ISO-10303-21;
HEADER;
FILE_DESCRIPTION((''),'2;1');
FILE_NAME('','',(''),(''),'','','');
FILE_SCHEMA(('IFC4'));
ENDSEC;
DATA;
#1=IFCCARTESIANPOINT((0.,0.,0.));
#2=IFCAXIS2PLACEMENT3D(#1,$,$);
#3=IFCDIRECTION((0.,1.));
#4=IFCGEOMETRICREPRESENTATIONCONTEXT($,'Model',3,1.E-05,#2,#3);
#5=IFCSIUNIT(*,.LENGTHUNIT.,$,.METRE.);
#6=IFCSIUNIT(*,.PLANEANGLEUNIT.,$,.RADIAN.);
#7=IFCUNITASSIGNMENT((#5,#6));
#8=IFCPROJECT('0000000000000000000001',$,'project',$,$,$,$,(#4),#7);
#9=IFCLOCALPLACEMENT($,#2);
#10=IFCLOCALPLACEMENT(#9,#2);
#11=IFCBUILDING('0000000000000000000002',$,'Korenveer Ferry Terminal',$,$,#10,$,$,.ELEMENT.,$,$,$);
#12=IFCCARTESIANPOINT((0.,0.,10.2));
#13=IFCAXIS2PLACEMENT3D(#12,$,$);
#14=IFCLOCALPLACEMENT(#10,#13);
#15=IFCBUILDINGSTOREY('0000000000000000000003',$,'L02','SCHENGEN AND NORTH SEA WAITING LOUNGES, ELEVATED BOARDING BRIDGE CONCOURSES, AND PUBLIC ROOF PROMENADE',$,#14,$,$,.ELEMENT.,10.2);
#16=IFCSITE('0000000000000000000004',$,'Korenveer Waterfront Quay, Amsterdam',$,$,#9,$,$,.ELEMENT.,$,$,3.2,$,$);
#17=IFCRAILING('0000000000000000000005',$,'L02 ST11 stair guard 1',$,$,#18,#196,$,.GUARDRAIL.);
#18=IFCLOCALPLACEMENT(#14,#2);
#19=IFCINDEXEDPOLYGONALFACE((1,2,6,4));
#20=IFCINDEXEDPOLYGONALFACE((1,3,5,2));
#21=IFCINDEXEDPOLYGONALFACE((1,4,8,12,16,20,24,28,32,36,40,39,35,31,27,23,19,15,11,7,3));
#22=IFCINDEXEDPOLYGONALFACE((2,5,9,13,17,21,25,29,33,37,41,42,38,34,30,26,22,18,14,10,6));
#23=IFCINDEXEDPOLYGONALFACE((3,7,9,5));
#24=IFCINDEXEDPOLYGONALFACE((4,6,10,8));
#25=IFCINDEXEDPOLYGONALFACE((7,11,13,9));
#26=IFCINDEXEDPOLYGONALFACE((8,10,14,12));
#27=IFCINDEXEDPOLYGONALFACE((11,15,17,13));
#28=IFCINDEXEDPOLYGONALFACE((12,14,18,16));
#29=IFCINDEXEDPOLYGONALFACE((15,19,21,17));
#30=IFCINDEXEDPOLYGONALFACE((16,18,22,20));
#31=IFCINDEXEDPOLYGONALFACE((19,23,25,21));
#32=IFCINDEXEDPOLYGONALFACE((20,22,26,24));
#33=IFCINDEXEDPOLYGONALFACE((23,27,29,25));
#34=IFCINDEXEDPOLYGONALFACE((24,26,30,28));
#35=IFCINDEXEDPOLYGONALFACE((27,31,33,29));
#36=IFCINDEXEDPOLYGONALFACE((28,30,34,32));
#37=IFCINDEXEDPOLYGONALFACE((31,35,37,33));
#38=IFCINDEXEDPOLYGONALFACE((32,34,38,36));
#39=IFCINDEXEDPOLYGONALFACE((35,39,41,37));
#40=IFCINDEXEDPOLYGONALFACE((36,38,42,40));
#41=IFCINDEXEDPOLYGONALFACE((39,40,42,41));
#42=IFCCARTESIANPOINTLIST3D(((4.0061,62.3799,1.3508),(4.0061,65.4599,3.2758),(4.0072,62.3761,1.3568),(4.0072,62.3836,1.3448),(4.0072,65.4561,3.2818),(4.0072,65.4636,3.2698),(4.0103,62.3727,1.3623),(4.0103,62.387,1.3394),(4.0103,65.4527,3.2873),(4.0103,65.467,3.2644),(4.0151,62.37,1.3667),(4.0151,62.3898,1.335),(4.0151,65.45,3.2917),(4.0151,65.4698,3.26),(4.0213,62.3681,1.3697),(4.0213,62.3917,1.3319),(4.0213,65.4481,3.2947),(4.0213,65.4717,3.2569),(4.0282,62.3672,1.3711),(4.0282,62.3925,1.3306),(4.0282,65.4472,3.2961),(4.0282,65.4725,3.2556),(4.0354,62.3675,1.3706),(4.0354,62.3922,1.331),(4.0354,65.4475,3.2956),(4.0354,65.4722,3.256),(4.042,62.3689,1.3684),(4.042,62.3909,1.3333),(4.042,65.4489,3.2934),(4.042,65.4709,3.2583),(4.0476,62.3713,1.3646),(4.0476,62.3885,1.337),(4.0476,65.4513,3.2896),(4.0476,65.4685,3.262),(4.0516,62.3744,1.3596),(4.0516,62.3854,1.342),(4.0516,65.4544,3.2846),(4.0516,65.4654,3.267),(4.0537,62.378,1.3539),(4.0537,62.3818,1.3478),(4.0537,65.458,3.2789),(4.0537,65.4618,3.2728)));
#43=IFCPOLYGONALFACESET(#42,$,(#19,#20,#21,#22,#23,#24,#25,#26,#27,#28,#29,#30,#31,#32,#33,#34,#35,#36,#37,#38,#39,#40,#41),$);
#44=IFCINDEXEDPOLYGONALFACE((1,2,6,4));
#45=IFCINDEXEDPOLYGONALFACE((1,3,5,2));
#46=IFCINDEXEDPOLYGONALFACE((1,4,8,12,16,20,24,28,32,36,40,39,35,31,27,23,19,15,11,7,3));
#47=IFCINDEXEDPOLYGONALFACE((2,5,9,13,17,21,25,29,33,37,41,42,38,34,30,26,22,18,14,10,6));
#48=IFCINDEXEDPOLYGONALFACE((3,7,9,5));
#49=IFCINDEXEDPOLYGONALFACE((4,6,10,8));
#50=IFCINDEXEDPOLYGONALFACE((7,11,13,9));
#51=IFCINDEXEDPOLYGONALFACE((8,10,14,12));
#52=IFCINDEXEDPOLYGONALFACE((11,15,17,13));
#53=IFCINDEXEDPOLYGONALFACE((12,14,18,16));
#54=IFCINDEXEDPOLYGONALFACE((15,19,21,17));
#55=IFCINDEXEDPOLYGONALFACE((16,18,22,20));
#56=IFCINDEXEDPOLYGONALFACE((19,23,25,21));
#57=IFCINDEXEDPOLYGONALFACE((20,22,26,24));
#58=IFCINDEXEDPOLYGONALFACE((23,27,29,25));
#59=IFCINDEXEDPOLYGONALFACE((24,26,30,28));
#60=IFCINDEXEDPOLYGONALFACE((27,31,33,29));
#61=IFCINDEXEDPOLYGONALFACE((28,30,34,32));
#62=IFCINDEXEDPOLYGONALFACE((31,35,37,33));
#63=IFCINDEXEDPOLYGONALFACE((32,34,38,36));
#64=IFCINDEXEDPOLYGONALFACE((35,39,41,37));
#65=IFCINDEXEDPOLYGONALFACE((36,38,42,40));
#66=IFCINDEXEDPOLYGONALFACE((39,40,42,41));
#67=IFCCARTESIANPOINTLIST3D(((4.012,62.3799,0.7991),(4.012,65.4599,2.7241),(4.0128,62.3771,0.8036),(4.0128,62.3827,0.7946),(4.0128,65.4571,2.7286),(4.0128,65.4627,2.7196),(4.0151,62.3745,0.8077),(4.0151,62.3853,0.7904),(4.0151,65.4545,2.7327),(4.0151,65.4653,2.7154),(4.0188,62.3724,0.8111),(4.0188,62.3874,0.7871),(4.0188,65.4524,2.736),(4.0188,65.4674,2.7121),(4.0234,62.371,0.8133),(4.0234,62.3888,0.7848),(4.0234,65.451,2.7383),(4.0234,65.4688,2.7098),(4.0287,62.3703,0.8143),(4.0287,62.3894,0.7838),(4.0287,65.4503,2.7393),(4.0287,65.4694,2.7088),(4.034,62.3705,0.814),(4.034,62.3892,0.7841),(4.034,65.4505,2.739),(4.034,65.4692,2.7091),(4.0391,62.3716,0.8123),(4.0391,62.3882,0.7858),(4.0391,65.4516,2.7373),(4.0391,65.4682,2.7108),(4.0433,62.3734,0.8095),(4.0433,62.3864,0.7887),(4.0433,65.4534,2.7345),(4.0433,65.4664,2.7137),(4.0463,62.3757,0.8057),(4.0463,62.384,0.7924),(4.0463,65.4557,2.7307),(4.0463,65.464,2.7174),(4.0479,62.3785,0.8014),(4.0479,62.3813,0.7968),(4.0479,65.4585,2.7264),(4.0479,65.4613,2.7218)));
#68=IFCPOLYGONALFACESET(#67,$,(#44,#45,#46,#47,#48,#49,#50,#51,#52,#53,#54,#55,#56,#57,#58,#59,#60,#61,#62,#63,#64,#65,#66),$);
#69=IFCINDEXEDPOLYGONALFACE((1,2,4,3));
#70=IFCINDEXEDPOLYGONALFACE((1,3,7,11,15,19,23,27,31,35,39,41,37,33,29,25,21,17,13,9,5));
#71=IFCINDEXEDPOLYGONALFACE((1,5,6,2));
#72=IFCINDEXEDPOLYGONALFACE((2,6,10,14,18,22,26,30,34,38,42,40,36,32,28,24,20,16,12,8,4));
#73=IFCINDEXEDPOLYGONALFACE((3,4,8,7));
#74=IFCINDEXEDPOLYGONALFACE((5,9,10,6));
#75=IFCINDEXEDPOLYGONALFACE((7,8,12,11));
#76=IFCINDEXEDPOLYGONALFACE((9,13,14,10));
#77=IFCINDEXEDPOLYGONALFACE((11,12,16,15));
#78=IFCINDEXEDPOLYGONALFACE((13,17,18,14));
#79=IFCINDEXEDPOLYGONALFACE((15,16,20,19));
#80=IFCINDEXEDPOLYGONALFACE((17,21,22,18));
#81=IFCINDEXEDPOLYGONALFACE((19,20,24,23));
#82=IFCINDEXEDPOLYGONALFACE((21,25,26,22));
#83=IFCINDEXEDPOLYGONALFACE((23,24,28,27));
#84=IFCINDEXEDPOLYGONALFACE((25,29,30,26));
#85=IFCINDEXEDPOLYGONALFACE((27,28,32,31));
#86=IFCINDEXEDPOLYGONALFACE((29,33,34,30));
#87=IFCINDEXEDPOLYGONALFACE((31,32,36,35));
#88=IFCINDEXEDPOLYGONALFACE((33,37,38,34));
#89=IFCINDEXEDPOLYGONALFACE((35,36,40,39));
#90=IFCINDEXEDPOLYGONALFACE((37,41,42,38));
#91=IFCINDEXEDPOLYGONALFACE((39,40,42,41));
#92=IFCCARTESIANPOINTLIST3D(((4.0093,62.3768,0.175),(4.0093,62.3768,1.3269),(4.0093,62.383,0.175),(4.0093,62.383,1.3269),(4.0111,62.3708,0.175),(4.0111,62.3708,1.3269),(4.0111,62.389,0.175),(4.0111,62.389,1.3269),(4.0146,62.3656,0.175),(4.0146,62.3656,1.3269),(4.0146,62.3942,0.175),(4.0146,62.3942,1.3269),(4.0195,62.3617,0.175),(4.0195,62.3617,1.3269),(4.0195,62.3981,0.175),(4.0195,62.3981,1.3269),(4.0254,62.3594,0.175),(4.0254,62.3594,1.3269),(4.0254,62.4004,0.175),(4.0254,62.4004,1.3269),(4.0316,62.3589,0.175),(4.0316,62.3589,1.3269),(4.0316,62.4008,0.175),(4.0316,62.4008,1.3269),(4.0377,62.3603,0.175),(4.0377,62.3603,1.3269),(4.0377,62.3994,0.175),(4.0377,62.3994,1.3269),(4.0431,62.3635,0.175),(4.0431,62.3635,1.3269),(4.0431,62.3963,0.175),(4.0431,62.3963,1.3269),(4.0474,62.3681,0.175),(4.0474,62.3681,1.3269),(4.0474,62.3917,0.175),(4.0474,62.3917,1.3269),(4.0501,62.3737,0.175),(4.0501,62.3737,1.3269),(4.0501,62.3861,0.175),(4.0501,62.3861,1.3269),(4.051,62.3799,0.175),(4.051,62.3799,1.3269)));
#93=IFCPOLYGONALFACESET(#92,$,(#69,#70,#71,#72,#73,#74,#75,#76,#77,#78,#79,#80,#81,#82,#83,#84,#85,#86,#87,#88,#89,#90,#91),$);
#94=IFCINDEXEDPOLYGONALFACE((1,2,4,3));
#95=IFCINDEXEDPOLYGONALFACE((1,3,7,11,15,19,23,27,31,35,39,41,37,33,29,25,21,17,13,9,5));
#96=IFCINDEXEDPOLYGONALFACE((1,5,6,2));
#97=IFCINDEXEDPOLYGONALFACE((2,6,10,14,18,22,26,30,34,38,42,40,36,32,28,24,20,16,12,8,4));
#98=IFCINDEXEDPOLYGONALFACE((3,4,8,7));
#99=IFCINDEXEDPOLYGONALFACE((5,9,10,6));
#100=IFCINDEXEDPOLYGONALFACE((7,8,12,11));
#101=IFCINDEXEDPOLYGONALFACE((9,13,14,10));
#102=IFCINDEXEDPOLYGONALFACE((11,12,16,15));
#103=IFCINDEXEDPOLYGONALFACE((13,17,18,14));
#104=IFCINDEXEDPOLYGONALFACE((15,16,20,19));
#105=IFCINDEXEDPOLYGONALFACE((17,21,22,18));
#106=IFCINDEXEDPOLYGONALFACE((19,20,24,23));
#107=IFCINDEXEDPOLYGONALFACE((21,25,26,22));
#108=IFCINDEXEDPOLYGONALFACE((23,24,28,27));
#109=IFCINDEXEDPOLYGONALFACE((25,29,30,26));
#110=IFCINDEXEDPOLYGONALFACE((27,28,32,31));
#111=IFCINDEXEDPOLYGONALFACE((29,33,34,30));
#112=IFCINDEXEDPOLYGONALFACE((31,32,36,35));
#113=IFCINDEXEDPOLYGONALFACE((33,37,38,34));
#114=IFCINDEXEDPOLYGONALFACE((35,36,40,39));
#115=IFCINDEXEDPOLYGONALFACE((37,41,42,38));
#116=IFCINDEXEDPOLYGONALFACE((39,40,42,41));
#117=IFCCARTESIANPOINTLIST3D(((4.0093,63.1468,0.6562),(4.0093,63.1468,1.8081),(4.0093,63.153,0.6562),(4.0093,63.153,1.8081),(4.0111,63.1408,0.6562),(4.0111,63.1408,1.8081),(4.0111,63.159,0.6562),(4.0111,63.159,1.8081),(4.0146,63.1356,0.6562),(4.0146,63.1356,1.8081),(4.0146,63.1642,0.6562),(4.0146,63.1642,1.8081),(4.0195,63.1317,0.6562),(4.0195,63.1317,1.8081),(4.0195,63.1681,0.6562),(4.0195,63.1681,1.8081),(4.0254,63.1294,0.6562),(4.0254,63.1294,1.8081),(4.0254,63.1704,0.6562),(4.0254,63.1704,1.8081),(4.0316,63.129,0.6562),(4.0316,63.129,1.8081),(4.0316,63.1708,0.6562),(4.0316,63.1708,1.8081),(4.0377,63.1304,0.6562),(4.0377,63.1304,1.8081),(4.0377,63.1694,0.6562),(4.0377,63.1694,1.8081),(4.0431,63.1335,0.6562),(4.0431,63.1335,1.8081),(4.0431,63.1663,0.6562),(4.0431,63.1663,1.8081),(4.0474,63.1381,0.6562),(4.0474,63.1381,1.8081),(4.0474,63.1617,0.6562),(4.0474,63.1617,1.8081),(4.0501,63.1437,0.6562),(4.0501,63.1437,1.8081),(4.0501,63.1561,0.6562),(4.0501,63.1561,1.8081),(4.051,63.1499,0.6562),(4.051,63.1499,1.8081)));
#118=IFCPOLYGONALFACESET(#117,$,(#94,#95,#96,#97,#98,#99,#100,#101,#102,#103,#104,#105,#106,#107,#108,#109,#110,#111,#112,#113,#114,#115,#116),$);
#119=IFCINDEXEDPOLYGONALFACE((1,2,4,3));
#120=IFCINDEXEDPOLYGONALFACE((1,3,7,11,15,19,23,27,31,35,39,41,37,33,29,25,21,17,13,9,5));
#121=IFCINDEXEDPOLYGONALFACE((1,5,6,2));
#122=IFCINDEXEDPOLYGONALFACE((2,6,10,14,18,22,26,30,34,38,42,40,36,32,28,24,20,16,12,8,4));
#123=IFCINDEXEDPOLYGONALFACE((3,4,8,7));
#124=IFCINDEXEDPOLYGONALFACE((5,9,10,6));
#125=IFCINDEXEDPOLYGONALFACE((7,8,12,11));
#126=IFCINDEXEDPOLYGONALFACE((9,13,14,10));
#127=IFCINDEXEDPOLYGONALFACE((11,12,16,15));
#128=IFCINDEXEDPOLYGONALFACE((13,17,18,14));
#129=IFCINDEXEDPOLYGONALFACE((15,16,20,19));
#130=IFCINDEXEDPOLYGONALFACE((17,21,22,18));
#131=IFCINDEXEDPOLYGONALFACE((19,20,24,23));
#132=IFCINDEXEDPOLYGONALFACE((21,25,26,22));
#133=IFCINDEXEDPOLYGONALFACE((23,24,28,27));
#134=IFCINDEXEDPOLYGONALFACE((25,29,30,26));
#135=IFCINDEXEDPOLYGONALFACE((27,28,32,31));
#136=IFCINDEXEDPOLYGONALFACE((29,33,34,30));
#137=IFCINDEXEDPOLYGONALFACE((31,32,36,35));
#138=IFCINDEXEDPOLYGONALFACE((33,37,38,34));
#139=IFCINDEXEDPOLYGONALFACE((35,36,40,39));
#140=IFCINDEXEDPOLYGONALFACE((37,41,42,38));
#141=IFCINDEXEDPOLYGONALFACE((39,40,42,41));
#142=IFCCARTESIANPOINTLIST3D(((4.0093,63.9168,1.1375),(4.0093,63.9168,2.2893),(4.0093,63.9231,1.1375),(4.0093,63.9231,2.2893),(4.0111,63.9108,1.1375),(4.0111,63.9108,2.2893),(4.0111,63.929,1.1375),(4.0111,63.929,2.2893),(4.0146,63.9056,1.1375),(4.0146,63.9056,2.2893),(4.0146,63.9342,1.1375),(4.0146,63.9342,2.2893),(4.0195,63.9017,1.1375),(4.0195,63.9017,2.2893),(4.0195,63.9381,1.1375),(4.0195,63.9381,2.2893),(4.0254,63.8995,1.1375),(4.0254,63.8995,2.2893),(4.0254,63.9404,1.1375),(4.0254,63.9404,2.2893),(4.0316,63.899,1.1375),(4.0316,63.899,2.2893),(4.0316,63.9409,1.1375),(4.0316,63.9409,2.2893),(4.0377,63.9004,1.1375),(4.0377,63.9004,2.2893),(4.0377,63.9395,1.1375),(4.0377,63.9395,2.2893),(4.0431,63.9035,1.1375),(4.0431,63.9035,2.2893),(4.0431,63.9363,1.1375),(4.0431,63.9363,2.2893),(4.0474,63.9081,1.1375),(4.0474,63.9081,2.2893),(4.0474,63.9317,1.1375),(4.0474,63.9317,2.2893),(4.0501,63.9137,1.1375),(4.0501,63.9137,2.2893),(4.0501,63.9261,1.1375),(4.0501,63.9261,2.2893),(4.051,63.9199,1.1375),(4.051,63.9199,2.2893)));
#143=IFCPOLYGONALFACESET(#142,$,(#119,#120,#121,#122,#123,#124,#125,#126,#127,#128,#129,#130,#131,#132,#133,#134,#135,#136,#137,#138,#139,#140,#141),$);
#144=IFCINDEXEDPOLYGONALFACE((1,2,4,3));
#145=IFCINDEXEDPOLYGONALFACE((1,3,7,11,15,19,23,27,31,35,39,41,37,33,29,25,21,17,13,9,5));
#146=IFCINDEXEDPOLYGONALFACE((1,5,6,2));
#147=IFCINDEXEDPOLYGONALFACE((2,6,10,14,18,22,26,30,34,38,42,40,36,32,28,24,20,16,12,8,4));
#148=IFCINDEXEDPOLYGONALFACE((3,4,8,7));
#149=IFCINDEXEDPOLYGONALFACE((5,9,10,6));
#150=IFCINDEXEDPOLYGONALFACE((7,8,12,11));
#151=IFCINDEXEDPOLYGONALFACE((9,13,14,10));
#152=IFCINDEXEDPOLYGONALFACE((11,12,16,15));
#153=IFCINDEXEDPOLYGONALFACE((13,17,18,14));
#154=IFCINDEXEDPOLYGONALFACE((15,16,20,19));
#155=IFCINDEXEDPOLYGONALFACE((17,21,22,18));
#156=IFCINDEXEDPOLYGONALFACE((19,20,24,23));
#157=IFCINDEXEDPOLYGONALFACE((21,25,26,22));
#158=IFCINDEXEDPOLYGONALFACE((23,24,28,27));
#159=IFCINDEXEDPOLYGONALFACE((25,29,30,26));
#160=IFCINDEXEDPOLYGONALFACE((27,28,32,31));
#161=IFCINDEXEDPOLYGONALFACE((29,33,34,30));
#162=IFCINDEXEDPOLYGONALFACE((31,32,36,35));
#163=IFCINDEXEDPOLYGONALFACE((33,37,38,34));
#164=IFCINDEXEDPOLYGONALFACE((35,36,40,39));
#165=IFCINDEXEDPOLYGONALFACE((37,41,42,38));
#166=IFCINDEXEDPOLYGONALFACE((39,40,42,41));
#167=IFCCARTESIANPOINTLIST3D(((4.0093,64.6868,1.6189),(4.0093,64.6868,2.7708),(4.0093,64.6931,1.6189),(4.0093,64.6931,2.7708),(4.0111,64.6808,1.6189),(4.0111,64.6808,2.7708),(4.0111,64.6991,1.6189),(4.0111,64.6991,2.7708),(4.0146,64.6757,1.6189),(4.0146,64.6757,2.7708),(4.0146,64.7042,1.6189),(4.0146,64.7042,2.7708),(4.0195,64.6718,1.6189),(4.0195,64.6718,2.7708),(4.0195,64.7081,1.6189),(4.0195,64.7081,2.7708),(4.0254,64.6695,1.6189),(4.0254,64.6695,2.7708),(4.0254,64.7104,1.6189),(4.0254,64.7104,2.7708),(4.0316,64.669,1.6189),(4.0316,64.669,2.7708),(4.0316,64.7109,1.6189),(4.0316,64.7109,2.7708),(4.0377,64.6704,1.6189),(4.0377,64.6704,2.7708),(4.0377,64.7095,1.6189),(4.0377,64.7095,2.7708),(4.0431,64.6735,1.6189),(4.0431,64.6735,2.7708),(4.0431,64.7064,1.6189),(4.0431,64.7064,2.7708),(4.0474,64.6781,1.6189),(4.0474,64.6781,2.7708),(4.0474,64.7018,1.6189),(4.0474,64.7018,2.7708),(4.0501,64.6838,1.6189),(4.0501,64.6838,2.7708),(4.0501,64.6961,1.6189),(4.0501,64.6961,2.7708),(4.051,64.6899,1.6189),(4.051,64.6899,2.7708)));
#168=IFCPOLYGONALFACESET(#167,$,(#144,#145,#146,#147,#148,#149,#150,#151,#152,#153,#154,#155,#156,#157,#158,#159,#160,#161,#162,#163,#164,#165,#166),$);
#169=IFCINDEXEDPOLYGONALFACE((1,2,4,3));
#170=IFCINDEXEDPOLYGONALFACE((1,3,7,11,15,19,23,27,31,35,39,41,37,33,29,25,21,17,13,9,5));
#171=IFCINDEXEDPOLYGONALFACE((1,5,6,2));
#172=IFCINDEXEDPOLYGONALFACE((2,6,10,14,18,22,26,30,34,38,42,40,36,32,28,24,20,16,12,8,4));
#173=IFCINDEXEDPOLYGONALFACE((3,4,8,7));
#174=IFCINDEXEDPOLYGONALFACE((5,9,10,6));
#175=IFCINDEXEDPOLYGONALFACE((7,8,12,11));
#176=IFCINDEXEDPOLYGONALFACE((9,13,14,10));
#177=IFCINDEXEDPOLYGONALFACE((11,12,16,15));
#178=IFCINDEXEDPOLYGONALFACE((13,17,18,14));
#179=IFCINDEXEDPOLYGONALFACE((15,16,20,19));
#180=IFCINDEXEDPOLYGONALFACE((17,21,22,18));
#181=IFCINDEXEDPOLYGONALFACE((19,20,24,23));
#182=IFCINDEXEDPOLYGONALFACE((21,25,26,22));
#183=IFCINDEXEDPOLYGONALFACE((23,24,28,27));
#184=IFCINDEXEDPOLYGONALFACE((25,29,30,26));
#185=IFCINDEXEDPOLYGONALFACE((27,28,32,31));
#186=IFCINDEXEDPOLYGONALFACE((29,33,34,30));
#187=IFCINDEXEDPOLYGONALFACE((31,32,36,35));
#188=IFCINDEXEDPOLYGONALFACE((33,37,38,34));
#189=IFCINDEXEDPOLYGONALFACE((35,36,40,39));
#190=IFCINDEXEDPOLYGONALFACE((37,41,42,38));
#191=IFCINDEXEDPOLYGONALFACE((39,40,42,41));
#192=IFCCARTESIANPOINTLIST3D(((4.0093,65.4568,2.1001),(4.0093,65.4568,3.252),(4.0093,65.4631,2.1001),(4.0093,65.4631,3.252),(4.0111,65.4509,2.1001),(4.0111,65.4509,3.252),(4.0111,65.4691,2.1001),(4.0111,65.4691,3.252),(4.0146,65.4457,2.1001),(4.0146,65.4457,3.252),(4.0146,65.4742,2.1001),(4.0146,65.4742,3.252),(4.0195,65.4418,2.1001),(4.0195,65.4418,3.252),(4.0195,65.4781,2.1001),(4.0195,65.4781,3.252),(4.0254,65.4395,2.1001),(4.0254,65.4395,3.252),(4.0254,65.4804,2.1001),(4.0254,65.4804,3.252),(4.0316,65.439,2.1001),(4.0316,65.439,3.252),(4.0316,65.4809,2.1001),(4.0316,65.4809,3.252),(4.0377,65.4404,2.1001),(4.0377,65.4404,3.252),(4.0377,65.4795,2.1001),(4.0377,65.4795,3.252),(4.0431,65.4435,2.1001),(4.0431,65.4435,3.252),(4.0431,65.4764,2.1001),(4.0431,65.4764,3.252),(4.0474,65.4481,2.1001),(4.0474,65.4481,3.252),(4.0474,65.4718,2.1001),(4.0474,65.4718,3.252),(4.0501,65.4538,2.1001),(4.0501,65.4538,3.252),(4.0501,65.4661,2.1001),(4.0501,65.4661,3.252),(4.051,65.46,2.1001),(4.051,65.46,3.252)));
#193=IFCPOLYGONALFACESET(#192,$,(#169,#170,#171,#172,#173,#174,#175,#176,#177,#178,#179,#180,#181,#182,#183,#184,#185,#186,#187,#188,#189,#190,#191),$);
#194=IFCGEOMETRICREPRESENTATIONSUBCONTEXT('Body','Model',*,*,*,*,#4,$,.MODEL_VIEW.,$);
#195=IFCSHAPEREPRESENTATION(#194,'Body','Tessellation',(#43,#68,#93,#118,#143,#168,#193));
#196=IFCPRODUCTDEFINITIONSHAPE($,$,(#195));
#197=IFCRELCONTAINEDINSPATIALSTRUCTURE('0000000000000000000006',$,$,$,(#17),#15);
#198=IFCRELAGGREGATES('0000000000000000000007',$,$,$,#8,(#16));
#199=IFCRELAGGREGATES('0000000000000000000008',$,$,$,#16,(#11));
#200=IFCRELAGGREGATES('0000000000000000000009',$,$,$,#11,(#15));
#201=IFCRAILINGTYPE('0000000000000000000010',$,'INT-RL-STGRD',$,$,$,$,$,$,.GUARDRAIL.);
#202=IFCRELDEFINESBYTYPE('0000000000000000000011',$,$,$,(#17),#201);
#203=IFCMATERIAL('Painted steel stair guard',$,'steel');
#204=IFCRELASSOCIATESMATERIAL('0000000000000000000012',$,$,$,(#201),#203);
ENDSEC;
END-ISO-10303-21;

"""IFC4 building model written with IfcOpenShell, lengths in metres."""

from ifc_helpers import new_model, si_unit, direction, frame, origin, origin_2d, place, context, subcontext, project, spatial, circle, extrude, material, type_object, element, save


model = new_model("IFC4")

# Units and contexts
model_context = context("Model", 3, precision=1e-05, world=origin(), true_north=direction((0.0, 1.0)))
body_context = subcontext(model_context, "Body", "Model", "MODEL_VIEW")
ifc_project = project(units=[si_unit("LENGTHUNIT", "METRE"), si_unit("PLANEANGLEUNIT", "RADIAN")], contexts=[model_context])

# Site, building, storey
site_placement = place(None, origin())
site = spatial("IfcSite", under=ifc_project, at=site_placement, Name="Korenveer Waterfront Quay, Amsterdam", CompositionType="ELEMENT", RefElevation=3.2)
building_placement = place(site_placement, origin())
building = spatial("IfcBuilding", under=site, at=building_placement, Name="Korenveer Ferry Terminal", CompositionType="ELEMENT")
storey_placement = place(building_placement, frame((0.0, 0.0, 10.2)))
storey = spatial("IfcBuildingStorey", under=building, at=storey_placement, Name="L02", Description="SCHENGEN AND NORTH SEA WAITING LOUNGES, ELEVATED BOARDING BRIDGE CONCOURSES, AND PUBLIC ROOF PROMENADE", CompositionType="ELEMENT", Elevation=10.2)

# Railing
ifc_material_1 = material(Name="Painted steel stair guard", Category="steel")
railing_type_1 = type_object("IfcRailingType", Name="INT-RL-STGRD", PredefinedType="GUARDRAIL", material=ifc_material_1)
railing_1_placement = place(storey_placement, frame((4.03, 62.3799, 0.175)))
element("IfcRailing", 1, at=railing_1_placement, inside=storey, type_object=railing_type_1, Name="L02 ST11 stair guard 1", PredefinedType="GUARDRAIL", context=body_context, shape_type="SweptSolid", body=[
    extrude(circle(Radius=0.0239, at=origin_2d()), frame((0.0, 0.0, 1.1758), z_axis=(0.0, 0.847998, 0.529999), x_axis=(-1.0, 0.0, 0.0)), (0.0, 0.0, 1.0), 3.6321),
    extrude(circle(Radius=0.0181, at=origin_2d()), frame((0.0, 0.0, 0.624), z_axis=(0.0, 0.847998, 0.529999), x_axis=(-1.0, 0.0, 0.0)), (0.0, 0.0, 1.0), 3.6321),
    extrude(circle(Radius=0.021, at=origin_2d()), origin(), (0.0, 0.0, 1.0), 1.1519),
    extrude(circle(Radius=0.021, at=origin_2d()), frame((0.0, 0.77, 0.4812)), (0.0, 0.0, 1.0), 1.1519),
    extrude(circle(Radius=0.021, at=origin_2d()), frame((0.0, 1.54, 0.9624)), (0.0, 0.0, 1.0), 1.1519),
    extrude(circle(Radius=0.021, at=origin_2d()), frame((0.0, 2.3101, 1.4438)), (0.0, 0.0, 1.0), 1.1519),
    extrude(circle(Radius=0.021, at=origin_2d()), frame((0.0, 3.0801, 1.925)), (0.0, 0.0, 1.0), 1.1519),
])

save(model, "model.ifc")
